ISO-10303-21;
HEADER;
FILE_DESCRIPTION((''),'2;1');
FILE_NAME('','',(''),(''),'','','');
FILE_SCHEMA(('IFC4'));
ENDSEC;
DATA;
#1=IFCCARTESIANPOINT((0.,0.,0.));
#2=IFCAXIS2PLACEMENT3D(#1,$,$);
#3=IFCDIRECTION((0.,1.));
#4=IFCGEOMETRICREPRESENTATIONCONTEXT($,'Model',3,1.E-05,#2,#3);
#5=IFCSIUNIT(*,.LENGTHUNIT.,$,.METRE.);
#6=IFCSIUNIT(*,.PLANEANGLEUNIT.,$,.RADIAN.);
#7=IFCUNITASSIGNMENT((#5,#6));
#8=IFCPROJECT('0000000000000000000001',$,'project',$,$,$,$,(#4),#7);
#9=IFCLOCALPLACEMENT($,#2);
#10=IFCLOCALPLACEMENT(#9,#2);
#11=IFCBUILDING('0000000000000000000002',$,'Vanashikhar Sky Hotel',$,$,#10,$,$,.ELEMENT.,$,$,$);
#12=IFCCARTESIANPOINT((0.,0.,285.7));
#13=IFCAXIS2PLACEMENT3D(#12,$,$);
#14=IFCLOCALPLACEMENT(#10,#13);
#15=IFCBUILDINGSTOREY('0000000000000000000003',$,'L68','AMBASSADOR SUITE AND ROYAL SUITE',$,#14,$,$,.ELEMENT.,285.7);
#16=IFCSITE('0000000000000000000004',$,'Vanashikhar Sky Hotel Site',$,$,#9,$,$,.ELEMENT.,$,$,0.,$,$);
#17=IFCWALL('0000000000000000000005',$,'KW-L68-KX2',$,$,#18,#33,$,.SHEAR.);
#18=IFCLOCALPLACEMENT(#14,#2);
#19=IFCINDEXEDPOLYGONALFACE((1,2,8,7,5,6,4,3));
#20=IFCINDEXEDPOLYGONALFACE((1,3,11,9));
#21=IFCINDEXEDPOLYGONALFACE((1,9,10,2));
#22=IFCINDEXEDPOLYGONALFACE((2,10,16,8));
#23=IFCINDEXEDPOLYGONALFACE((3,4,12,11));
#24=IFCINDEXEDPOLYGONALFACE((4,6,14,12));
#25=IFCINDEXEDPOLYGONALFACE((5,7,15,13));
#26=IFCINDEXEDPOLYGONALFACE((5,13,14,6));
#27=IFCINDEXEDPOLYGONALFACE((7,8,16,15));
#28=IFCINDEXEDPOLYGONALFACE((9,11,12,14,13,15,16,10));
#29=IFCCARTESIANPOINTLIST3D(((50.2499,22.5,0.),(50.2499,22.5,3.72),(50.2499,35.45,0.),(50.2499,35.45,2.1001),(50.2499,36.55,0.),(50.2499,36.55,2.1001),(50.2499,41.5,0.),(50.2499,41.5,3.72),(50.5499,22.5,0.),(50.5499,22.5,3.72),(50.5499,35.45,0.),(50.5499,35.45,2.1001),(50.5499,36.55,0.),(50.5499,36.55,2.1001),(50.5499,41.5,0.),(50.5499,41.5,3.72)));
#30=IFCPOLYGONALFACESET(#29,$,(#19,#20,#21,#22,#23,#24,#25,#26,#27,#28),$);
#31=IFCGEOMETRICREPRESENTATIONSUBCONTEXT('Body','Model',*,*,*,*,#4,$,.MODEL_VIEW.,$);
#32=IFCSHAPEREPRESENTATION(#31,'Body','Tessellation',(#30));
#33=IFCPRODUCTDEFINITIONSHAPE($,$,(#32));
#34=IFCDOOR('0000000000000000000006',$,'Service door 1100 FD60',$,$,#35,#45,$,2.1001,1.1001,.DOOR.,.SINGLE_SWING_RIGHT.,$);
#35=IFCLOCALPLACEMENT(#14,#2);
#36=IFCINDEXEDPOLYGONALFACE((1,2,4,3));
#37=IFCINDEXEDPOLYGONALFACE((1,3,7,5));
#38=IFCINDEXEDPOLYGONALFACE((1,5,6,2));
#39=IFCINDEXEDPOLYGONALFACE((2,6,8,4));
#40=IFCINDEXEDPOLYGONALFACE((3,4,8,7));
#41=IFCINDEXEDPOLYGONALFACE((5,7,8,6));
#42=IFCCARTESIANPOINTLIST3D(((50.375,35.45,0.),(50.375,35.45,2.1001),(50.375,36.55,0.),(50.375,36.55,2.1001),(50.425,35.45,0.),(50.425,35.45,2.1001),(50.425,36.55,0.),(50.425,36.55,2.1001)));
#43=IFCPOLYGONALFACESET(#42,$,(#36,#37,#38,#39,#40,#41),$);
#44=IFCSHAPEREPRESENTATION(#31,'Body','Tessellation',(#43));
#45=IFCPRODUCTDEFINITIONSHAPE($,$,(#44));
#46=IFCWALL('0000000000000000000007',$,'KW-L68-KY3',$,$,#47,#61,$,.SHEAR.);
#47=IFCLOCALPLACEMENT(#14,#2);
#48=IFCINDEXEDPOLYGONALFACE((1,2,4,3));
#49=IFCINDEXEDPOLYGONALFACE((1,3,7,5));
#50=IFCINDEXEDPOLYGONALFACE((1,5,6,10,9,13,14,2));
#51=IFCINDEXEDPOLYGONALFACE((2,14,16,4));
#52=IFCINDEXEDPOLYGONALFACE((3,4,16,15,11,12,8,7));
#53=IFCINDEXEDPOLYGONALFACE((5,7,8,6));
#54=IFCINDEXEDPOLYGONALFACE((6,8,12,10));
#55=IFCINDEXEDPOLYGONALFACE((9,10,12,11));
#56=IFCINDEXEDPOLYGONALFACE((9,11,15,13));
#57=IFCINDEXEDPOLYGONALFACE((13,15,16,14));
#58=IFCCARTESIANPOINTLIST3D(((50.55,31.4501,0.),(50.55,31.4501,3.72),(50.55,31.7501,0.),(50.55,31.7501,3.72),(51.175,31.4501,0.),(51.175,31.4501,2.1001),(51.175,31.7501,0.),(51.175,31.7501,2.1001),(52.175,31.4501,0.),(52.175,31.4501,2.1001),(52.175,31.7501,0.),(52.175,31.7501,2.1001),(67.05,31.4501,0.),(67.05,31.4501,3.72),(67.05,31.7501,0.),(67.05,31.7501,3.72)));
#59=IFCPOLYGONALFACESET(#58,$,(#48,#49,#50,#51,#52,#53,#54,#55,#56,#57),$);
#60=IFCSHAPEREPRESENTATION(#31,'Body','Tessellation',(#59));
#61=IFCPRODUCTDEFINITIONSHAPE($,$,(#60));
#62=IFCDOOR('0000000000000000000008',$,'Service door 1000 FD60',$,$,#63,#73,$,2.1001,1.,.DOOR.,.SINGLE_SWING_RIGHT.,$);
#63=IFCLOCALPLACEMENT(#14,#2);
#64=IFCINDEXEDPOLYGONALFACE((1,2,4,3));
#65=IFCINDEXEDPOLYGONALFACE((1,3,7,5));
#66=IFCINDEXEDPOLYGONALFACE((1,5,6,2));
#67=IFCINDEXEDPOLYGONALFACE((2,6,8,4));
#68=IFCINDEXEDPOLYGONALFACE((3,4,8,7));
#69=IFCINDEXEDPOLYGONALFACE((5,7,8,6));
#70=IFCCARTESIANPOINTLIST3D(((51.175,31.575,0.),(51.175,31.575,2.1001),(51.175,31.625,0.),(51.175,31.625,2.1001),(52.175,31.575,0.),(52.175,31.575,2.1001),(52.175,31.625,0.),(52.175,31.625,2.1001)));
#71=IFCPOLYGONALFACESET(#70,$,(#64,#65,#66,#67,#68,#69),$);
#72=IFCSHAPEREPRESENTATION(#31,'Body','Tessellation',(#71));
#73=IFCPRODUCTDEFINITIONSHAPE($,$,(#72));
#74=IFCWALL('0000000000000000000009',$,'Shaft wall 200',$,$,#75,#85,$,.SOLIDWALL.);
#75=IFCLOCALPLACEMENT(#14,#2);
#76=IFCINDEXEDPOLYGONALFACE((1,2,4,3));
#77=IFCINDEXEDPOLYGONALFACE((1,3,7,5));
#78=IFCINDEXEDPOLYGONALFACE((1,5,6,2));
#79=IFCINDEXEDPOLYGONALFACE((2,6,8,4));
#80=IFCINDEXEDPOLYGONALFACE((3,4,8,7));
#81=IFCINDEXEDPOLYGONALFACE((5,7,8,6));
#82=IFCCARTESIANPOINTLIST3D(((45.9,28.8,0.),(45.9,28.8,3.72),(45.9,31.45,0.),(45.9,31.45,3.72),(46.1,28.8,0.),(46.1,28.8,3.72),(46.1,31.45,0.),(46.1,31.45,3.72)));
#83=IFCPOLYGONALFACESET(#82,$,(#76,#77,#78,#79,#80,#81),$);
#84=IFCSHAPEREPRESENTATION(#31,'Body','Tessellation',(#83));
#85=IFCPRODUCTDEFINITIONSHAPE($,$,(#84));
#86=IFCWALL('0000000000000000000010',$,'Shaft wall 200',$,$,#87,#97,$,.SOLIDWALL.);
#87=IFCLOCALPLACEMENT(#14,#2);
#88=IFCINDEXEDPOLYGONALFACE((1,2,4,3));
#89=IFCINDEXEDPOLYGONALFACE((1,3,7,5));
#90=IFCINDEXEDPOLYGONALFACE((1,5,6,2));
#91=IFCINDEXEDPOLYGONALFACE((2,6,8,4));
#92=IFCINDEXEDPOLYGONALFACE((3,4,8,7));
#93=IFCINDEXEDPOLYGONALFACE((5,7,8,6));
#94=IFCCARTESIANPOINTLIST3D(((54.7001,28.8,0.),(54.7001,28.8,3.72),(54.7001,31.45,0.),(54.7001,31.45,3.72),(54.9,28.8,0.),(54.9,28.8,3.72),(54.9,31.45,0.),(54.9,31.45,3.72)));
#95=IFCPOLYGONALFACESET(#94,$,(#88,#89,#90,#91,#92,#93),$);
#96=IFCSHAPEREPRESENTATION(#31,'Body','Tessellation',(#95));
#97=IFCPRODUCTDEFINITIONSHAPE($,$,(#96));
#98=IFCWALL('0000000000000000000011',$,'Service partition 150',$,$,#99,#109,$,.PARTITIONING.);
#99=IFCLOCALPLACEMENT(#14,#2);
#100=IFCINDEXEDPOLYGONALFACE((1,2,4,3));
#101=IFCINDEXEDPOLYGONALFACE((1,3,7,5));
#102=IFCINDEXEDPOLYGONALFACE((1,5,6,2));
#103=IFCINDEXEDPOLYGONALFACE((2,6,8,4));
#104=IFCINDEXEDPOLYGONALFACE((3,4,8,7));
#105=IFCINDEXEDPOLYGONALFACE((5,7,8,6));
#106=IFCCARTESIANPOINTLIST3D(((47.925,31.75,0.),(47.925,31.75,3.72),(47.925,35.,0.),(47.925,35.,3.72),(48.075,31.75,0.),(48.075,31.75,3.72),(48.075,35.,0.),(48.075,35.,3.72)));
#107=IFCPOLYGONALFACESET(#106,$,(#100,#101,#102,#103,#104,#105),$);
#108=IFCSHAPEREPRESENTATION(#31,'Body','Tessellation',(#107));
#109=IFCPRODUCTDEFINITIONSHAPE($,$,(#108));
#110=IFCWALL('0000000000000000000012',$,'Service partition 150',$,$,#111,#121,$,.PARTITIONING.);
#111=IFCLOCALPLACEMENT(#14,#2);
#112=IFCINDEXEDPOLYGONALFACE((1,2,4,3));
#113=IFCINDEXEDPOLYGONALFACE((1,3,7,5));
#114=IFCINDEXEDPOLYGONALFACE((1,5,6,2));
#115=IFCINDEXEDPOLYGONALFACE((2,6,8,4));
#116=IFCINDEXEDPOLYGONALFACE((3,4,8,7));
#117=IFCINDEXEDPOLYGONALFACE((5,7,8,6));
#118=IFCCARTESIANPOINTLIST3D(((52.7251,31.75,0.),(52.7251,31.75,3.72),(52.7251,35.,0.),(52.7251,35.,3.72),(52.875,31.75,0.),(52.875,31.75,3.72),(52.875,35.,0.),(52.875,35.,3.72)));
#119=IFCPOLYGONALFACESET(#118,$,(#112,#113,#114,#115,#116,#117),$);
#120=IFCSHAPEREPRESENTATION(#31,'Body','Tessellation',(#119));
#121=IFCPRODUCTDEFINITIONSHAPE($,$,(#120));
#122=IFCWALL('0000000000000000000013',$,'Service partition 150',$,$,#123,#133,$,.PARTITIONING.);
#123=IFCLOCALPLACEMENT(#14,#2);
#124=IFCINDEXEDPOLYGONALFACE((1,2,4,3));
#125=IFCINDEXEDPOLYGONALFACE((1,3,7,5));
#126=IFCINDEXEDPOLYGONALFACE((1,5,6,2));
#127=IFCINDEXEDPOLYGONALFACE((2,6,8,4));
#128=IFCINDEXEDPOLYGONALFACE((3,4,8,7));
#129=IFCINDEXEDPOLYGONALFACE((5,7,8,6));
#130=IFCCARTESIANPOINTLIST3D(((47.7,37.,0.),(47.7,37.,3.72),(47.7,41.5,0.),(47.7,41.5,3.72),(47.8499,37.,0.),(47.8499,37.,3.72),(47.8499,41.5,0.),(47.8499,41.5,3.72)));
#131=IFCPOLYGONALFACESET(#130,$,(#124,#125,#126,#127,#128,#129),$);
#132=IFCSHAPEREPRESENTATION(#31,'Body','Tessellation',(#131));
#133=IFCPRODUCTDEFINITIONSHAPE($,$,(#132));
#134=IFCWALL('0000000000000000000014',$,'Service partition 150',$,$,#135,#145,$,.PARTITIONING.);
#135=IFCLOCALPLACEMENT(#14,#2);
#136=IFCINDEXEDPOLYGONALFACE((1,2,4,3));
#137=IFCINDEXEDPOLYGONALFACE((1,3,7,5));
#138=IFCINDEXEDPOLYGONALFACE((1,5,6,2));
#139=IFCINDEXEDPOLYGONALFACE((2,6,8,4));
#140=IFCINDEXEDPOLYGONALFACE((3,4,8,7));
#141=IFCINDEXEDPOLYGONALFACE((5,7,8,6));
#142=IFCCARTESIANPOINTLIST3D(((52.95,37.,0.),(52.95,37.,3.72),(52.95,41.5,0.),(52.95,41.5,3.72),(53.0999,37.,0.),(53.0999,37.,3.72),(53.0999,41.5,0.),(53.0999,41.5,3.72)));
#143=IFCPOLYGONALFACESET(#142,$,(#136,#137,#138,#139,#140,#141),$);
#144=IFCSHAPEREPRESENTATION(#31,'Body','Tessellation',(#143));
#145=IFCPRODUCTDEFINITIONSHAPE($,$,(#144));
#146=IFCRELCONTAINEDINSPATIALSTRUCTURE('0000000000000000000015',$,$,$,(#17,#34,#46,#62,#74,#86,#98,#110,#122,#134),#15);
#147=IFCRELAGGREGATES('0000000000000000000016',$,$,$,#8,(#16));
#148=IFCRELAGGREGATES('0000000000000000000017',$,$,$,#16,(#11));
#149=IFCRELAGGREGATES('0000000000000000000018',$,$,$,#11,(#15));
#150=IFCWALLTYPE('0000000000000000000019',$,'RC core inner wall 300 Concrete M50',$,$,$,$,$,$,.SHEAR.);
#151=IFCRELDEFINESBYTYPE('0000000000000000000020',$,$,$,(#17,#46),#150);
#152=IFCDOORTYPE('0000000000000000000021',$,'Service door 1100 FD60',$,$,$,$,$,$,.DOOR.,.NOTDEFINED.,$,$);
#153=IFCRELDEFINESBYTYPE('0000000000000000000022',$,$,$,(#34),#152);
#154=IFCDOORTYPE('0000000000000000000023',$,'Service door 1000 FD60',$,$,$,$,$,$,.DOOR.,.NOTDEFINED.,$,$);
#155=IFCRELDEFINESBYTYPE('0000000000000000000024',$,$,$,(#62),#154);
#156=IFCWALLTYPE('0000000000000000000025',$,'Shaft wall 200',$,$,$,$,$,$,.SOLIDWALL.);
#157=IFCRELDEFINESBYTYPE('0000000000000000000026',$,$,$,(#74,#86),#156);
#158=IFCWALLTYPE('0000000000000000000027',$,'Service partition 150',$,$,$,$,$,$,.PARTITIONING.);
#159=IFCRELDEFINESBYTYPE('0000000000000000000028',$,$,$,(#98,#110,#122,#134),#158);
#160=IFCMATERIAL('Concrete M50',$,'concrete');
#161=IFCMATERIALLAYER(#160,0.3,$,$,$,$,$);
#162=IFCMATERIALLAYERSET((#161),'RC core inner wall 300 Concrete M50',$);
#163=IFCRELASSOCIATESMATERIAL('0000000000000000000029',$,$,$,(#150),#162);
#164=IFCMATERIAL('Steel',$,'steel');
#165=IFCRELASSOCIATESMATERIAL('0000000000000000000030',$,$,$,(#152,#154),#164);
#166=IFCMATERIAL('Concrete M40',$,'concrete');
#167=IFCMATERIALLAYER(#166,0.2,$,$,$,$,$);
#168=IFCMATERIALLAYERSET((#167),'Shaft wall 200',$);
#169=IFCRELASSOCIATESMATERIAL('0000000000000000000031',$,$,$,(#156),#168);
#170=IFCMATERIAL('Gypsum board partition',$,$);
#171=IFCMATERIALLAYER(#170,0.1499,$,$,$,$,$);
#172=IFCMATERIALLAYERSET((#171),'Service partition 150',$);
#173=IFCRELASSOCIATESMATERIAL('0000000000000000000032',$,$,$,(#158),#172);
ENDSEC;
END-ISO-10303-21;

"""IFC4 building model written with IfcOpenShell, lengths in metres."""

from ifc_helpers import new_model, si_unit, direction, frame, frame_2d, origin, place, context, subcontext, project, spatial, rectangle, extrude, source, transform, mapped, material, layer, layer_set, type_object, element, fill, save


model = new_model("IFC4")

# Units and contexts
model_context = context("Model", 3, precision=1e-05, world=origin(), true_north=direction((0.0, 1.0)))
body_context = subcontext(model_context, "Body", "Model", "MODEL_VIEW")
ifc_project = project(units=[si_unit("LENGTHUNIT", "METRE"), si_unit("PLANEANGLEUNIT", "RADIAN")], contexts=[model_context])

# Site, building, storey
site_placement = place(None, origin())
site = spatial("IfcSite", under=ifc_project, at=site_placement, Name="Vanashikhar Sky Hotel Site", CompositionType="ELEMENT", RefElevation=0.0)
building_placement = place(site_placement, origin())
building = spatial("IfcBuilding", under=site, at=building_placement, Name="Vanashikhar Sky Hotel", CompositionType="ELEMENT")
storey_placement = place(building_placement, frame((0.0, 0.0, 285.7)))
storey = spatial("IfcBuildingStorey", under=building, at=storey_placement, Name="L68", Description="AMBASSADOR SUITE AND ROYAL SUITE", CompositionType="ELEMENT", Elevation=285.7)

# Walls, openings, doors
ifc_material_1 = material(Name="Concrete M50", Category="concrete")
ifc_layer_1 = layer(ifc_material_1, 0.3)
ifc_layer_set_1 = layer_set([ifc_layer_1], Name="RC core inner wall 300 Concrete M50")
wall_type_1 = type_object("IfcWallType", Name="RC core inner wall 300 Concrete M50", PredefinedType="SHEAR", material=ifc_layer_set_1)
shared_shape_1 = source(origin(), body_context, "Body", "SweptSolid", [
    extrude(rectangle(XDim=19.0, YDim=0.3, at=frame_2d((9.5, 0.0))), origin(), (0.0, 0.0, 1.0), 3.72),
])
wall_1_placement = place(storey_placement, frame((50.3999, 22.5, 0.0), z_axis=(0.0, 0.0, 1.0), x_axis=(0.0, 1.0, 0.0)))
wall_1 = element("IfcWall", 1, at=wall_1_placement, inside=storey, type_object=wall_type_1, Name="KW-L68-KX2", PredefinedType="SHEAR", context=body_context, shape_type="MappedRepresentation", body=[
    mapped(shared_shape_1, transform((0.0, 0.0, 0.0), scale=1.0)),
])
shared_shape_2 = source(origin(), body_context, "Body", "SweptSolid", [
    extrude(rectangle(XDim=1.1001, YDim=2.1001, at=frame_2d((0.55, 1.05))), frame((0.0, 0.1602, 0.0), z_axis=(0.0, -1.0, 0.0), x_axis=(1.0, 0.0, 0.0)), (0.0, 0.0, 1.0), 0.3201),
])
opening_1_placement = place(wall_1_placement, frame((12.95, 0.0, 0.0)))
opening_1 = element("IfcOpeningElement", 2, at=opening_1_placement, cuts=wall_1, PredefinedType="OPENING", context=body_context, shape_type="MappedRepresentation", body=[
    mapped(shared_shape_2, transform((0.0, 0.0, 0.0), scale=1.0)),
])
ifc_material_2 = material(Name="Steel", Category="steel")
door_type_1 = type_object("IfcDoorType", Name="Service door 1100 FD60", OperationType="NOTDEFINED", PredefinedType="DOOR", material=ifc_material_2)
shared_shape_3 = source(origin(), body_context, "Body", "SweptSolid", [
    extrude(rectangle(XDim=1.1001, YDim=2.1001, at=frame_2d((0.55, 1.05))), frame((0.0, 0.0249, 0.0), z_axis=(0.0, -1.0, 0.0), x_axis=(1.0, 0.0, 0.0)), (0.0, 0.0, 1.0), 0.05),
])
door_1_placement = place(opening_1_placement, origin())
door_1 = element("IfcDoor", 3, at=door_1_placement, inside=storey, type_object=door_type_1, Name="Service door 1100 FD60", OperationType="SINGLE_SWING_RIGHT", OverallHeight=2.1001, OverallWidth=1.1001, PredefinedType="DOOR", context=body_context, shape_type="MappedRepresentation", body=[
    mapped(shared_shape_3, transform((0.0, 0.0, 0.0), scale=1.0)),
])
fill(opening_1, door_1)
shared_shape_4 = source(origin(), body_context, "Body", "SweptSolid", [
    extrude(rectangle(XDim=16.5, YDim=0.3, at=frame_2d((8.25, 0.0))), origin(), (0.0, 0.0, 1.0), 3.72),
])
wall_2_placement = place(storey_placement, frame((50.55, 31.6001, 0.0), z_axis=(0.0, 0.0, 1.0), x_axis=(1.0, 0.0, 0.0)))
wall_2 = element("IfcWall", 4, at=wall_2_placement, inside=storey, type_object=wall_type_1, Name="KW-L68-KY3", PredefinedType="SHEAR", context=body_context, shape_type="MappedRepresentation", body=[
    mapped(shared_shape_4, transform((0.0, 0.0, 0.0), scale=1.0)),
])
shared_shape_5 = source(origin(), body_context, "Body", "SweptSolid", [
    extrude(rectangle(XDim=1.0, YDim=2.1001, at=frame_2d((0.5, 1.05))), frame((0.0, 0.1602, 0.0), z_axis=(0.0, -1.0, 0.0), x_axis=(1.0, 0.0, 0.0)), (0.0, 0.0, 1.0), 0.3201),
])
opening_2_placement = place(wall_2_placement, frame((0.625, 0.0, 0.0)))
opening_2 = element("IfcOpeningElement", 5, at=opening_2_placement, cuts=wall_2, PredefinedType="OPENING", context=body_context, shape_type="MappedRepresentation", body=[
    mapped(shared_shape_5, transform((0.0, 0.0, 0.0), scale=1.0)),
])
door_type_2 = type_object("IfcDoorType", Name="Service door 1000 FD60", OperationType="NOTDEFINED", PredefinedType="DOOR", material=ifc_material_2)
shared_shape_6 = source(origin(), body_context, "Body", "SweptSolid", [
    extrude(rectangle(XDim=1.0, YDim=2.1001, at=frame_2d((0.5, 1.05))), frame((0.0, 0.0249, 0.0), z_axis=(0.0, -1.0, 0.0), x_axis=(1.0, 0.0, 0.0)), (0.0, 0.0, 1.0), 0.05),
])
door_2_placement = place(opening_2_placement, origin())
door_2 = element("IfcDoor", 6, at=door_2_placement, inside=storey, type_object=door_type_2, Name="Service door 1000 FD60", OperationType="SINGLE_SWING_RIGHT", OverallHeight=2.1001, OverallWidth=1.0, PredefinedType="DOOR", context=body_context, shape_type="MappedRepresentation", body=[
    mapped(shared_shape_6, transform((0.0, 0.0, 0.0), scale=1.0)),
])
fill(opening_2, door_2)

# Walls
ifc_material_3 = material(Name="Concrete M40", Category="concrete")
ifc_layer_2 = layer(ifc_material_3, 0.2)
ifc_layer_set_2 = layer_set([ifc_layer_2], Name="Shaft wall 200")
wall_type_2 = type_object("IfcWallType", Name="Shaft wall 200", PredefinedType="SOLIDWALL", material=ifc_layer_set_2)
shared_shape_7 = source(origin(), body_context, "Body", "SweptSolid", [
    extrude(rectangle(XDim=2.6499, YDim=0.2, at=frame_2d((1.325, 0.0))), origin(), (0.0, 0.0, 1.0), 3.72),
])
for number, where, z_axis, x_axis, name in (
    (7, (46.0, 28.8, 0.0), (0.0, 0.0, 1.0), (0.0, 1.0, 0.0), "Shaft wall 200"),
    (8, (54.8, 28.8, 0.0), (0.0, 0.0, 1.0), (0.0, 1.0, 0.0), "Shaft wall 200"),
):
    element("IfcWall", number, at=place(storey_placement, frame(where, z_axis=z_axis, x_axis=x_axis)), inside=storey, type_object=wall_type_2, Name=name, PredefinedType="SOLIDWALL", context=body_context, shape_type="MappedRepresentation", body=[
        mapped(shared_shape_7, transform((0.0, 0.0, 0.0), scale=1.0)),
    ])
ifc_material_4 = material(Name="Gypsum board partition")
ifc_layer_3 = layer(ifc_material_4, 0.1499)
ifc_layer_set_3 = layer_set([ifc_layer_3], Name="Service partition 150")
wall_type_3 = type_object("IfcWallType", Name="Service partition 150", PredefinedType="PARTITIONING", material=ifc_layer_set_3)
shared_shape_8 = source(origin(), body_context, "Body", "SweptSolid", [
    extrude(rectangle(XDim=3.25, YDim=0.1499, at=frame_2d((1.625, 0.0))), origin(), (0.0, 0.0, 1.0), 3.72),
])
for number, where, z_axis, x_axis, name in (
    (9, (48.0, 31.75, 0.0), (0.0, 0.0, 1.0), (0.0, 1.0, 0.0), "Service partition 150"),
    (10, (52.8, 31.75, 0.0), (0.0, 0.0, 1.0), (0.0, 1.0, 0.0), "Service partition 150"),
):
    element("IfcWall", number, at=place(storey_placement, frame(where, z_axis=z_axis, x_axis=x_axis)), inside=storey, type_object=wall_type_3, Name=name, PredefinedType="PARTITIONING", context=body_context, shape_type="MappedRepresentation", body=[
        mapped(shared_shape_8, transform((0.0, 0.0, 0.0), scale=1.0)),
    ])
shared_shape_9 = source(origin(), body_context, "Body", "SweptSolid", [
    extrude(rectangle(XDim=4.5, YDim=0.1499, at=frame_2d((2.25, 0.0))), origin(), (0.0, 0.0, 1.0), 3.72),
])
for number, where, z_axis, x_axis, name in (
    (11, (47.7749, 37.0, 0.0), (0.0, 0.0, 1.0), (0.0, 1.0, 0.0), "Service partition 150"),
    (12, (53.0249, 37.0, 0.0), (0.0, 0.0, 1.0), (0.0, 1.0, 0.0), "Service partition 150"),
):
    element("IfcWall", number, at=place(storey_placement, frame(where, z_axis=z_axis, x_axis=x_axis)), inside=storey, type_object=wall_type_3, Name=name, PredefinedType="PARTITIONING", context=body_context, shape_type="MappedRepresentation", body=[
        mapped(shared_shape_9, transform((0.0, 0.0, 0.0), scale=1.0)),
    ])

save(model, "model.ifc")
